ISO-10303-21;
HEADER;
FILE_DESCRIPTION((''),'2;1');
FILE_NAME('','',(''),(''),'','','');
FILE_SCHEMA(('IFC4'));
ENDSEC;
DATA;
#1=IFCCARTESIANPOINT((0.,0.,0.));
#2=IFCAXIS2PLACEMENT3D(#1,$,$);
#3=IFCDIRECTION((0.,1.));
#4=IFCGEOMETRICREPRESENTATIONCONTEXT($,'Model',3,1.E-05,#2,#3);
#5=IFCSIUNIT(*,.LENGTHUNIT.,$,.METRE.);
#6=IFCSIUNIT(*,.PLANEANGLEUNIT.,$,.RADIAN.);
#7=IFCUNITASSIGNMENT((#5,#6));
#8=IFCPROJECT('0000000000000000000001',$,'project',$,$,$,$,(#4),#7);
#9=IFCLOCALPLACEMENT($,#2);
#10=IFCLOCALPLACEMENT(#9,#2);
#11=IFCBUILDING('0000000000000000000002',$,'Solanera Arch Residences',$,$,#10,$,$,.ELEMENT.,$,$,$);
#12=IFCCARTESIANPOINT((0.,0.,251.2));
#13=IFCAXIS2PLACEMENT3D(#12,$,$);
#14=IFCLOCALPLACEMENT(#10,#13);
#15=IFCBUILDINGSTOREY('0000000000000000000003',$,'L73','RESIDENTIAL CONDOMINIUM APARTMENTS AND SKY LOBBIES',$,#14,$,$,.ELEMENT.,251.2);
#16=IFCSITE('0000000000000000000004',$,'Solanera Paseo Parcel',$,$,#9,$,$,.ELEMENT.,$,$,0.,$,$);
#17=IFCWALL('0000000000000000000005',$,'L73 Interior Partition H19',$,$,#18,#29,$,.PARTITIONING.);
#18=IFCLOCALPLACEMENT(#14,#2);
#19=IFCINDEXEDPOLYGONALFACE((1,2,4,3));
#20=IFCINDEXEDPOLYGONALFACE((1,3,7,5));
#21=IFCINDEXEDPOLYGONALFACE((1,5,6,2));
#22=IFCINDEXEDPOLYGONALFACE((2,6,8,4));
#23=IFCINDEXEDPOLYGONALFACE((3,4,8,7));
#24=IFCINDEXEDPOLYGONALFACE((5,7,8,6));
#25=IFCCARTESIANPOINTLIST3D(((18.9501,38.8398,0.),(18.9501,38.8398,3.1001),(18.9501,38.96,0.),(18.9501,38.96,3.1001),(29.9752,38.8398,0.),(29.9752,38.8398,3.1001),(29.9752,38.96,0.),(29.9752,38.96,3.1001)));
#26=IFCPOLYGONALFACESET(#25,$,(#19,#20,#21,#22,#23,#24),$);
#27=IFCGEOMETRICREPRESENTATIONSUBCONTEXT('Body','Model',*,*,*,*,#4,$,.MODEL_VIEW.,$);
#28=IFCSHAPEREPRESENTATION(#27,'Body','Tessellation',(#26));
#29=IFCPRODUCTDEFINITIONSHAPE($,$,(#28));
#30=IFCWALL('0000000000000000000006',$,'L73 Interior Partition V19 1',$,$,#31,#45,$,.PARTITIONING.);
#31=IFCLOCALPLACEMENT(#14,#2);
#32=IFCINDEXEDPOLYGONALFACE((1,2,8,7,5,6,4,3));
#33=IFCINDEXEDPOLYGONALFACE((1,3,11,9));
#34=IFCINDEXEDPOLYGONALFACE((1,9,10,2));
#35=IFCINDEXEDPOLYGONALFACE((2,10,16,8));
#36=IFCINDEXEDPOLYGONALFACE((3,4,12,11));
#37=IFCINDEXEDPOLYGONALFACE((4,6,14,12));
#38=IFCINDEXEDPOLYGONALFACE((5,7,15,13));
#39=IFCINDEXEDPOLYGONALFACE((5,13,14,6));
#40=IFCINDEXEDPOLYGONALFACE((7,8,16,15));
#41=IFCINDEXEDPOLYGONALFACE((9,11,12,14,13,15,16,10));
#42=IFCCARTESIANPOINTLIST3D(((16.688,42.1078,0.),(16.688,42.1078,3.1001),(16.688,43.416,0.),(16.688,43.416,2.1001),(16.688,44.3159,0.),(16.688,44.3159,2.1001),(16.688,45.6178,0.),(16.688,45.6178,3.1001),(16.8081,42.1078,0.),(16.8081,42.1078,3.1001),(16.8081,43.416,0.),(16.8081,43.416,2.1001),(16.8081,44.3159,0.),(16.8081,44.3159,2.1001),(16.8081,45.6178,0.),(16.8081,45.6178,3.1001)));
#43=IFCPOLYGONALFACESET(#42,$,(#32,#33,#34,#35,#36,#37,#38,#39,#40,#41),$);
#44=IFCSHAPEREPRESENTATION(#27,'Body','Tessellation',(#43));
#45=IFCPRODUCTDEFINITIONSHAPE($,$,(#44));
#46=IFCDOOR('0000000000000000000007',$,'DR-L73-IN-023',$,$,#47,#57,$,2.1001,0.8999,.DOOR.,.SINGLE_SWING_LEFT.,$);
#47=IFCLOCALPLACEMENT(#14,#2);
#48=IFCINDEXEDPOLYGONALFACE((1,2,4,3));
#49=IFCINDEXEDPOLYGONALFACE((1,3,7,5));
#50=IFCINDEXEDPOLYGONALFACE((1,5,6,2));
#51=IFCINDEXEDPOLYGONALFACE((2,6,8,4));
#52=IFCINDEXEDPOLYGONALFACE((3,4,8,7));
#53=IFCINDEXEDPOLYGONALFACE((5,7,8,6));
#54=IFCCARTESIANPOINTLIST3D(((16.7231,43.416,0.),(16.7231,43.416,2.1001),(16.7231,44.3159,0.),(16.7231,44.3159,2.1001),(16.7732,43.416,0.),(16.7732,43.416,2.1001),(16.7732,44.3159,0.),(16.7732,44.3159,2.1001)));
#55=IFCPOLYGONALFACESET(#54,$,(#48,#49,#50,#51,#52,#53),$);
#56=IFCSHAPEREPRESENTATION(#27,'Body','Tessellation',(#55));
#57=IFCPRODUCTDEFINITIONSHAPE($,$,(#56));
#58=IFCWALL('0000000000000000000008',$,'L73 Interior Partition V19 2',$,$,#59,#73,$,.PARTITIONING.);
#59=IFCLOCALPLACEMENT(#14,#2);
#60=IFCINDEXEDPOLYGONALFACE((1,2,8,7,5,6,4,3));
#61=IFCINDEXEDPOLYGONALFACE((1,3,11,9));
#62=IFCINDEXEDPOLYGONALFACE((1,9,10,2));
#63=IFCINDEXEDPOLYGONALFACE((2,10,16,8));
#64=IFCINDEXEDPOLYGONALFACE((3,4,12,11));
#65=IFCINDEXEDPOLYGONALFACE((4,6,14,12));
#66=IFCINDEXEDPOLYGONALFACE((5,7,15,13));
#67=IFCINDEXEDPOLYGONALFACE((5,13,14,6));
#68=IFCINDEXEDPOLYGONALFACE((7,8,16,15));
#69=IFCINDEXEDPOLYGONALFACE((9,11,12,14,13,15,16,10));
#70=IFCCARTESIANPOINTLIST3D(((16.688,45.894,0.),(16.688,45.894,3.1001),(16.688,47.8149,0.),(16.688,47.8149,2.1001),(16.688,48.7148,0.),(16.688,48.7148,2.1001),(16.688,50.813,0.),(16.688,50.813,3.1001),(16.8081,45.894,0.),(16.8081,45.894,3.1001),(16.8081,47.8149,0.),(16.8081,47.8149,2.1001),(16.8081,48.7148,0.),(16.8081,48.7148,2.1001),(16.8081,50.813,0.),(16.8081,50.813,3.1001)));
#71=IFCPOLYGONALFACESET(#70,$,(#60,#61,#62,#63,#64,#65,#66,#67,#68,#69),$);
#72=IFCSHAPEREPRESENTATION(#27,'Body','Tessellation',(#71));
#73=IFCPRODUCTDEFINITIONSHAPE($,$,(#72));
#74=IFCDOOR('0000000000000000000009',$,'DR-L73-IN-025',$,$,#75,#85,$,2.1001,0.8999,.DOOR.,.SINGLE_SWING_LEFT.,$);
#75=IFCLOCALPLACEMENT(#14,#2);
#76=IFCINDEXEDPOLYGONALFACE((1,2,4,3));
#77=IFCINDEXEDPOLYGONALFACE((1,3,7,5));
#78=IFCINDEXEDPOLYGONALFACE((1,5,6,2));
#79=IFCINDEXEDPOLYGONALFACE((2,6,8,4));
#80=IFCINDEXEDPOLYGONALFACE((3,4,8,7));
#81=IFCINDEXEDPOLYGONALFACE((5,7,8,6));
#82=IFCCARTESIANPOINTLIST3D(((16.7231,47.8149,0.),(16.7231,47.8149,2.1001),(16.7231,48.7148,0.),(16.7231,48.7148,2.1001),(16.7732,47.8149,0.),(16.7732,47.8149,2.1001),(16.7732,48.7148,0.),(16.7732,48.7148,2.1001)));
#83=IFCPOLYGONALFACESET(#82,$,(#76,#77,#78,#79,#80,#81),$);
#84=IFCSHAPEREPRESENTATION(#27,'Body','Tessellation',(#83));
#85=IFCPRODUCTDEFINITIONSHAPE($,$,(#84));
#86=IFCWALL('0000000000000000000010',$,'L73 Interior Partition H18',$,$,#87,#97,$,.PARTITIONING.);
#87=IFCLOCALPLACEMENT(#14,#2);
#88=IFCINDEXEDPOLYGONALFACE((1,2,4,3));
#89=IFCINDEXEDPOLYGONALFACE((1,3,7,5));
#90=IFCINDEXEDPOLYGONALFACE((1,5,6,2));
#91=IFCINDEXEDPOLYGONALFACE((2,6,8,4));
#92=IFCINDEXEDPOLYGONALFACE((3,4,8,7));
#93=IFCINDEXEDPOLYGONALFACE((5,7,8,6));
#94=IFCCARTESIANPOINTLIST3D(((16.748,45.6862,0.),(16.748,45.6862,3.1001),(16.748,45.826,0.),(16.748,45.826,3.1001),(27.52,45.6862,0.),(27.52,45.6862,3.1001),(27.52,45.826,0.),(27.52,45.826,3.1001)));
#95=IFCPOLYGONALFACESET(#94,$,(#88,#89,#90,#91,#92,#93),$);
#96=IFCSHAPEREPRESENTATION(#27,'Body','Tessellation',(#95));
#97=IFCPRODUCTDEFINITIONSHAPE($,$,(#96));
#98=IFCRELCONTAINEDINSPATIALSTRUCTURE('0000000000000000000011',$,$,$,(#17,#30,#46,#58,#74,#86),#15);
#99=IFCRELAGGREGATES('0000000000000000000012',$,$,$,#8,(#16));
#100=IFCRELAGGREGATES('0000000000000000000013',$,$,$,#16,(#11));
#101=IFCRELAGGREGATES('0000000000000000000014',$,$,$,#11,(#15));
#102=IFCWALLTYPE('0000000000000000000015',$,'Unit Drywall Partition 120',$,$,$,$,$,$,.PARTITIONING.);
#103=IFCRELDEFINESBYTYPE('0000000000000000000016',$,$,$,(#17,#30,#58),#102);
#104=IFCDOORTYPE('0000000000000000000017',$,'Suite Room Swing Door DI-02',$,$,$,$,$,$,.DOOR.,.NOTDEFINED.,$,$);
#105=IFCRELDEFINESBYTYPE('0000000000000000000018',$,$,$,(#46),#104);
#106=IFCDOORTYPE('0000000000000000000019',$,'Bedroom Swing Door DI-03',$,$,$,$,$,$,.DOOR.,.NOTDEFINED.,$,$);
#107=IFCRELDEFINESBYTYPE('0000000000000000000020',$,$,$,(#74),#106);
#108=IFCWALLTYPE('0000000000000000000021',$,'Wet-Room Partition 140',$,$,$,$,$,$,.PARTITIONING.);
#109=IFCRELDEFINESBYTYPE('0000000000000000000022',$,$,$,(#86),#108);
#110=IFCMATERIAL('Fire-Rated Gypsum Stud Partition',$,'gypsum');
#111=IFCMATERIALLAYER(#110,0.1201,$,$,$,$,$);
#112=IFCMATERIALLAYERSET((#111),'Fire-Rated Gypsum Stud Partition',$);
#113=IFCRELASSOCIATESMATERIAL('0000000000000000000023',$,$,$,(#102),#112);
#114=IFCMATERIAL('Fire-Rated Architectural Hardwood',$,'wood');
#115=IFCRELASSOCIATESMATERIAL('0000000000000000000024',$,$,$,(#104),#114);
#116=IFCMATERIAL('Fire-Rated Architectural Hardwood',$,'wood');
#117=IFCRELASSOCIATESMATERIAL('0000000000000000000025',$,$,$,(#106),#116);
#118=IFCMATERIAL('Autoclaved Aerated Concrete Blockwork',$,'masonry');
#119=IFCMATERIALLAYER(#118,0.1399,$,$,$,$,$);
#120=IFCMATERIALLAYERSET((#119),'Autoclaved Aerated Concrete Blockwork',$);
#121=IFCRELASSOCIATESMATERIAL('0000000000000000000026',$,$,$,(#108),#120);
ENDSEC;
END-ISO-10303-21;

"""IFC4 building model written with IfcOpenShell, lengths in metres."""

from ifc_helpers import new_model, si_unit, direction, frame, frame_2d, origin, place, context, subcontext, project, spatial, rectangle, extrude, material, layer, layer_set, type_object, element, fill, save


model = new_model("IFC4")

# Units and contexts
model_context = context("Model", 3, precision=1e-05, world=origin(), true_north=direction((0.0, 1.0)))
body_context = subcontext(model_context, "Body", "Model", "MODEL_VIEW")
ifc_project = project(units=[si_unit("LENGTHUNIT", "METRE"), si_unit("PLANEANGLEUNIT", "RADIAN")], contexts=[model_context])

# Site, building, storey
site_placement = place(None, origin())
site = spatial("IfcSite", under=ifc_project, at=site_placement, Name="Solanera Paseo Parcel", CompositionType="ELEMENT", RefElevation=0.0)
building_placement = place(site_placement, origin())
building = spatial("IfcBuilding", under=site, at=building_placement, Name="Solanera Arch Residences", CompositionType="ELEMENT")
storey_placement = place(building_placement, frame((0.0, 0.0, 251.2)))
storey = spatial("IfcBuildingStorey", under=building, at=storey_placement, Name="L73", Description="RESIDENTIAL CONDOMINIUM APARTMENTS AND SKY LOBBIES", CompositionType="ELEMENT", Elevation=251.2)

# Wall
ifc_material_1 = material(Name="Fire-Rated Gypsum Stud Partition", Category="gypsum")
ifc_layer_1 = layer(ifc_material_1, 0.1201)
ifc_layer_set_1 = layer_set([ifc_layer_1], Name="Fire-Rated Gypsum Stud Partition")
wall_type_1 = type_object("IfcWallType", Name="Unit Drywall Partition 120", PredefinedType="PARTITIONING", material=ifc_layer_set_1)
wall_1_placement = place(storey_placement, frame((18.95, 38.8999, 0.0), z_axis=(0.0, 0.0, 1.0), x_axis=(1.0, 0.0, 0.0)))
element("IfcWall", 1, at=wall_1_placement, inside=storey, type_object=wall_type_1, Name="L73 Interior Partition H19", PredefinedType="PARTITIONING", context=body_context, shape_type="SweptSolid", body=[
    extrude(rectangle(XDim=11.0251, YDim=0.1201, at=frame_2d((5.5127, 0.0))), origin(), (0.0, 0.0, 1.0), 3.1001),
])

# Walls, openings, doors
wall_2_placement = place(storey_placement, frame((16.748, 42.1079, 0.0), z_axis=(0.0, 0.0, 1.0), x_axis=(0.0, 1.0, 0.0)))
wall_2 = element("IfcWall", 2, at=wall_2_placement, inside=storey, type_object=wall_type_1, Name="L73 Interior Partition V19 1", PredefinedType="PARTITIONING", context=body_context, shape_type="SweptSolid", body=[
    extrude(rectangle(XDim=3.51, YDim=0.1201, at=frame_2d((1.7549, 0.0))), origin(), (0.0, 0.0, 1.0), 3.1001),
])
opening_1_placement = place(wall_2_placement, frame((1.3081, 0.0, 0.0)))
opening_1 = element("IfcOpeningElement", 3, at=opening_1_placement, cuts=wall_2, PredefinedType="OPENING", context=body_context, shape_type="SweptSolid", body=[
    extrude(rectangle(XDim=0.8999, YDim=2.1001, at=frame_2d((0.45, 1.05))), frame((0.0, 0.0701, 0.0), z_axis=(0.0, -1.0, 0.0), x_axis=(1.0, 0.0, 0.0)), (0.0, 0.0, 1.0), 0.1401),
])
ifc_material_2 = material(Name="Fire-Rated Architectural Hardwood", Category="wood")
door_type_1 = type_object("IfcDoorType", Name="Suite Room Swing Door DI-02", OperationType="NOTDEFINED", PredefinedType="DOOR", material=ifc_material_2)
door_1_placement = place(opening_1_placement, origin())
door_1 = element("IfcDoor", 4, at=door_1_placement, inside=storey, type_object=door_type_1, Name="DR-L73-IN-023", OperationType="SINGLE_SWING_LEFT", OverallHeight=2.1001, OverallWidth=0.8999, PredefinedType="DOOR", context=body_context, shape_type="SweptSolid", body=[
    extrude(rectangle(XDim=0.8999, YDim=2.1001, at=frame_2d((0.45, 1.05))), frame((0.0, 0.0249, 0.0), z_axis=(0.0, -1.0, 0.0), x_axis=(1.0, 0.0, 0.0)), (0.0, 0.0, 1.0), 0.05),
])
fill(opening_1, door_1)
wall_3_placement = place(storey_placement, frame((16.748, 45.894, 0.0), z_axis=(0.0, 0.0, 1.0), x_axis=(0.0, 1.0, 0.0)))
wall_3 = element("IfcWall", 5, at=wall_3_placement, inside=storey, type_object=wall_type_1, Name="L73 Interior Partition V19 2", PredefinedType="PARTITIONING", context=body_context, shape_type="SweptSolid", body=[
    extrude(rectangle(XDim=4.9189, YDim=0.1201, at=frame_2d((2.4595, 0.0))), origin(), (0.0, 0.0, 1.0), 3.1001),
])
opening_2_placement = place(wall_3_placement, frame((1.9209, 0.0, 0.0)))
opening_2 = element("IfcOpeningElement", 6, at=opening_2_placement, cuts=wall_3, PredefinedType="OPENING", context=body_context, shape_type="SweptSolid", body=[
    extrude(rectangle(XDim=0.8999, YDim=2.1001, at=frame_2d((0.45, 1.05))), frame((0.0, 0.0701, 0.0), z_axis=(0.0, -1.0, 0.0), x_axis=(1.0, 0.0, 0.0)), (0.0, 0.0, 1.0), 0.1401),
])
ifc_material_3 = material(Name="Fire-Rated Architectural Hardwood", Category="wood")
door_type_2 = type_object("IfcDoorType", Name="Bedroom Swing Door DI-03", OperationType="NOTDEFINED", PredefinedType="DOOR", material=ifc_material_3)
door_2_placement = place(opening_2_placement, origin())
door_2 = element("IfcDoor", 7, at=door_2_placement, inside=storey, type_object=door_type_2, Name="DR-L73-IN-025", OperationType="SINGLE_SWING_LEFT", OverallHeight=2.1001, OverallWidth=0.8999, PredefinedType="DOOR", context=body_context, shape_type="SweptSolid", body=[
    extrude(rectangle(XDim=0.8999, YDim=2.1001, at=frame_2d((0.45, 1.05))), frame((0.0, 0.0249, 0.0), z_axis=(0.0, -1.0, 0.0), x_axis=(1.0, 0.0, 0.0)), (0.0, 0.0, 1.0), 0.05),
])
fill(opening_2, door_2)

# Wall
ifc_material_4 = material(Name="Autoclaved Aerated Concrete Blockwork", Category="masonry")
ifc_layer_2 = layer(ifc_material_4, 0.1399)
ifc_layer_set_2 = layer_set([ifc_layer_2], Name="Autoclaved Aerated Concrete Blockwork")
wall_type_2 = type_object("IfcWallType", Name="Wet-Room Partition 140", PredefinedType="PARTITIONING", material=ifc_layer_set_2)
wall_4_placement = place(storey_placement, frame((16.748, 45.7561, 0.0), z_axis=(0.0, 0.0, 1.0), x_axis=(1.0, 0.0, 0.0)))
element("IfcWall", 8, at=wall_4_placement, inside=storey, type_object=wall_type_2, Name="L73 Interior Partition H18", PredefinedType="PARTITIONING", context=body_context, shape_type="SweptSolid", body=[
    extrude(rectangle(XDim=10.772, YDim=0.1399, at=frame_2d((5.386, 0.0))), origin(), (0.0, 0.0, 1.0), 3.1001),
])

save(model, "model.ifc")
